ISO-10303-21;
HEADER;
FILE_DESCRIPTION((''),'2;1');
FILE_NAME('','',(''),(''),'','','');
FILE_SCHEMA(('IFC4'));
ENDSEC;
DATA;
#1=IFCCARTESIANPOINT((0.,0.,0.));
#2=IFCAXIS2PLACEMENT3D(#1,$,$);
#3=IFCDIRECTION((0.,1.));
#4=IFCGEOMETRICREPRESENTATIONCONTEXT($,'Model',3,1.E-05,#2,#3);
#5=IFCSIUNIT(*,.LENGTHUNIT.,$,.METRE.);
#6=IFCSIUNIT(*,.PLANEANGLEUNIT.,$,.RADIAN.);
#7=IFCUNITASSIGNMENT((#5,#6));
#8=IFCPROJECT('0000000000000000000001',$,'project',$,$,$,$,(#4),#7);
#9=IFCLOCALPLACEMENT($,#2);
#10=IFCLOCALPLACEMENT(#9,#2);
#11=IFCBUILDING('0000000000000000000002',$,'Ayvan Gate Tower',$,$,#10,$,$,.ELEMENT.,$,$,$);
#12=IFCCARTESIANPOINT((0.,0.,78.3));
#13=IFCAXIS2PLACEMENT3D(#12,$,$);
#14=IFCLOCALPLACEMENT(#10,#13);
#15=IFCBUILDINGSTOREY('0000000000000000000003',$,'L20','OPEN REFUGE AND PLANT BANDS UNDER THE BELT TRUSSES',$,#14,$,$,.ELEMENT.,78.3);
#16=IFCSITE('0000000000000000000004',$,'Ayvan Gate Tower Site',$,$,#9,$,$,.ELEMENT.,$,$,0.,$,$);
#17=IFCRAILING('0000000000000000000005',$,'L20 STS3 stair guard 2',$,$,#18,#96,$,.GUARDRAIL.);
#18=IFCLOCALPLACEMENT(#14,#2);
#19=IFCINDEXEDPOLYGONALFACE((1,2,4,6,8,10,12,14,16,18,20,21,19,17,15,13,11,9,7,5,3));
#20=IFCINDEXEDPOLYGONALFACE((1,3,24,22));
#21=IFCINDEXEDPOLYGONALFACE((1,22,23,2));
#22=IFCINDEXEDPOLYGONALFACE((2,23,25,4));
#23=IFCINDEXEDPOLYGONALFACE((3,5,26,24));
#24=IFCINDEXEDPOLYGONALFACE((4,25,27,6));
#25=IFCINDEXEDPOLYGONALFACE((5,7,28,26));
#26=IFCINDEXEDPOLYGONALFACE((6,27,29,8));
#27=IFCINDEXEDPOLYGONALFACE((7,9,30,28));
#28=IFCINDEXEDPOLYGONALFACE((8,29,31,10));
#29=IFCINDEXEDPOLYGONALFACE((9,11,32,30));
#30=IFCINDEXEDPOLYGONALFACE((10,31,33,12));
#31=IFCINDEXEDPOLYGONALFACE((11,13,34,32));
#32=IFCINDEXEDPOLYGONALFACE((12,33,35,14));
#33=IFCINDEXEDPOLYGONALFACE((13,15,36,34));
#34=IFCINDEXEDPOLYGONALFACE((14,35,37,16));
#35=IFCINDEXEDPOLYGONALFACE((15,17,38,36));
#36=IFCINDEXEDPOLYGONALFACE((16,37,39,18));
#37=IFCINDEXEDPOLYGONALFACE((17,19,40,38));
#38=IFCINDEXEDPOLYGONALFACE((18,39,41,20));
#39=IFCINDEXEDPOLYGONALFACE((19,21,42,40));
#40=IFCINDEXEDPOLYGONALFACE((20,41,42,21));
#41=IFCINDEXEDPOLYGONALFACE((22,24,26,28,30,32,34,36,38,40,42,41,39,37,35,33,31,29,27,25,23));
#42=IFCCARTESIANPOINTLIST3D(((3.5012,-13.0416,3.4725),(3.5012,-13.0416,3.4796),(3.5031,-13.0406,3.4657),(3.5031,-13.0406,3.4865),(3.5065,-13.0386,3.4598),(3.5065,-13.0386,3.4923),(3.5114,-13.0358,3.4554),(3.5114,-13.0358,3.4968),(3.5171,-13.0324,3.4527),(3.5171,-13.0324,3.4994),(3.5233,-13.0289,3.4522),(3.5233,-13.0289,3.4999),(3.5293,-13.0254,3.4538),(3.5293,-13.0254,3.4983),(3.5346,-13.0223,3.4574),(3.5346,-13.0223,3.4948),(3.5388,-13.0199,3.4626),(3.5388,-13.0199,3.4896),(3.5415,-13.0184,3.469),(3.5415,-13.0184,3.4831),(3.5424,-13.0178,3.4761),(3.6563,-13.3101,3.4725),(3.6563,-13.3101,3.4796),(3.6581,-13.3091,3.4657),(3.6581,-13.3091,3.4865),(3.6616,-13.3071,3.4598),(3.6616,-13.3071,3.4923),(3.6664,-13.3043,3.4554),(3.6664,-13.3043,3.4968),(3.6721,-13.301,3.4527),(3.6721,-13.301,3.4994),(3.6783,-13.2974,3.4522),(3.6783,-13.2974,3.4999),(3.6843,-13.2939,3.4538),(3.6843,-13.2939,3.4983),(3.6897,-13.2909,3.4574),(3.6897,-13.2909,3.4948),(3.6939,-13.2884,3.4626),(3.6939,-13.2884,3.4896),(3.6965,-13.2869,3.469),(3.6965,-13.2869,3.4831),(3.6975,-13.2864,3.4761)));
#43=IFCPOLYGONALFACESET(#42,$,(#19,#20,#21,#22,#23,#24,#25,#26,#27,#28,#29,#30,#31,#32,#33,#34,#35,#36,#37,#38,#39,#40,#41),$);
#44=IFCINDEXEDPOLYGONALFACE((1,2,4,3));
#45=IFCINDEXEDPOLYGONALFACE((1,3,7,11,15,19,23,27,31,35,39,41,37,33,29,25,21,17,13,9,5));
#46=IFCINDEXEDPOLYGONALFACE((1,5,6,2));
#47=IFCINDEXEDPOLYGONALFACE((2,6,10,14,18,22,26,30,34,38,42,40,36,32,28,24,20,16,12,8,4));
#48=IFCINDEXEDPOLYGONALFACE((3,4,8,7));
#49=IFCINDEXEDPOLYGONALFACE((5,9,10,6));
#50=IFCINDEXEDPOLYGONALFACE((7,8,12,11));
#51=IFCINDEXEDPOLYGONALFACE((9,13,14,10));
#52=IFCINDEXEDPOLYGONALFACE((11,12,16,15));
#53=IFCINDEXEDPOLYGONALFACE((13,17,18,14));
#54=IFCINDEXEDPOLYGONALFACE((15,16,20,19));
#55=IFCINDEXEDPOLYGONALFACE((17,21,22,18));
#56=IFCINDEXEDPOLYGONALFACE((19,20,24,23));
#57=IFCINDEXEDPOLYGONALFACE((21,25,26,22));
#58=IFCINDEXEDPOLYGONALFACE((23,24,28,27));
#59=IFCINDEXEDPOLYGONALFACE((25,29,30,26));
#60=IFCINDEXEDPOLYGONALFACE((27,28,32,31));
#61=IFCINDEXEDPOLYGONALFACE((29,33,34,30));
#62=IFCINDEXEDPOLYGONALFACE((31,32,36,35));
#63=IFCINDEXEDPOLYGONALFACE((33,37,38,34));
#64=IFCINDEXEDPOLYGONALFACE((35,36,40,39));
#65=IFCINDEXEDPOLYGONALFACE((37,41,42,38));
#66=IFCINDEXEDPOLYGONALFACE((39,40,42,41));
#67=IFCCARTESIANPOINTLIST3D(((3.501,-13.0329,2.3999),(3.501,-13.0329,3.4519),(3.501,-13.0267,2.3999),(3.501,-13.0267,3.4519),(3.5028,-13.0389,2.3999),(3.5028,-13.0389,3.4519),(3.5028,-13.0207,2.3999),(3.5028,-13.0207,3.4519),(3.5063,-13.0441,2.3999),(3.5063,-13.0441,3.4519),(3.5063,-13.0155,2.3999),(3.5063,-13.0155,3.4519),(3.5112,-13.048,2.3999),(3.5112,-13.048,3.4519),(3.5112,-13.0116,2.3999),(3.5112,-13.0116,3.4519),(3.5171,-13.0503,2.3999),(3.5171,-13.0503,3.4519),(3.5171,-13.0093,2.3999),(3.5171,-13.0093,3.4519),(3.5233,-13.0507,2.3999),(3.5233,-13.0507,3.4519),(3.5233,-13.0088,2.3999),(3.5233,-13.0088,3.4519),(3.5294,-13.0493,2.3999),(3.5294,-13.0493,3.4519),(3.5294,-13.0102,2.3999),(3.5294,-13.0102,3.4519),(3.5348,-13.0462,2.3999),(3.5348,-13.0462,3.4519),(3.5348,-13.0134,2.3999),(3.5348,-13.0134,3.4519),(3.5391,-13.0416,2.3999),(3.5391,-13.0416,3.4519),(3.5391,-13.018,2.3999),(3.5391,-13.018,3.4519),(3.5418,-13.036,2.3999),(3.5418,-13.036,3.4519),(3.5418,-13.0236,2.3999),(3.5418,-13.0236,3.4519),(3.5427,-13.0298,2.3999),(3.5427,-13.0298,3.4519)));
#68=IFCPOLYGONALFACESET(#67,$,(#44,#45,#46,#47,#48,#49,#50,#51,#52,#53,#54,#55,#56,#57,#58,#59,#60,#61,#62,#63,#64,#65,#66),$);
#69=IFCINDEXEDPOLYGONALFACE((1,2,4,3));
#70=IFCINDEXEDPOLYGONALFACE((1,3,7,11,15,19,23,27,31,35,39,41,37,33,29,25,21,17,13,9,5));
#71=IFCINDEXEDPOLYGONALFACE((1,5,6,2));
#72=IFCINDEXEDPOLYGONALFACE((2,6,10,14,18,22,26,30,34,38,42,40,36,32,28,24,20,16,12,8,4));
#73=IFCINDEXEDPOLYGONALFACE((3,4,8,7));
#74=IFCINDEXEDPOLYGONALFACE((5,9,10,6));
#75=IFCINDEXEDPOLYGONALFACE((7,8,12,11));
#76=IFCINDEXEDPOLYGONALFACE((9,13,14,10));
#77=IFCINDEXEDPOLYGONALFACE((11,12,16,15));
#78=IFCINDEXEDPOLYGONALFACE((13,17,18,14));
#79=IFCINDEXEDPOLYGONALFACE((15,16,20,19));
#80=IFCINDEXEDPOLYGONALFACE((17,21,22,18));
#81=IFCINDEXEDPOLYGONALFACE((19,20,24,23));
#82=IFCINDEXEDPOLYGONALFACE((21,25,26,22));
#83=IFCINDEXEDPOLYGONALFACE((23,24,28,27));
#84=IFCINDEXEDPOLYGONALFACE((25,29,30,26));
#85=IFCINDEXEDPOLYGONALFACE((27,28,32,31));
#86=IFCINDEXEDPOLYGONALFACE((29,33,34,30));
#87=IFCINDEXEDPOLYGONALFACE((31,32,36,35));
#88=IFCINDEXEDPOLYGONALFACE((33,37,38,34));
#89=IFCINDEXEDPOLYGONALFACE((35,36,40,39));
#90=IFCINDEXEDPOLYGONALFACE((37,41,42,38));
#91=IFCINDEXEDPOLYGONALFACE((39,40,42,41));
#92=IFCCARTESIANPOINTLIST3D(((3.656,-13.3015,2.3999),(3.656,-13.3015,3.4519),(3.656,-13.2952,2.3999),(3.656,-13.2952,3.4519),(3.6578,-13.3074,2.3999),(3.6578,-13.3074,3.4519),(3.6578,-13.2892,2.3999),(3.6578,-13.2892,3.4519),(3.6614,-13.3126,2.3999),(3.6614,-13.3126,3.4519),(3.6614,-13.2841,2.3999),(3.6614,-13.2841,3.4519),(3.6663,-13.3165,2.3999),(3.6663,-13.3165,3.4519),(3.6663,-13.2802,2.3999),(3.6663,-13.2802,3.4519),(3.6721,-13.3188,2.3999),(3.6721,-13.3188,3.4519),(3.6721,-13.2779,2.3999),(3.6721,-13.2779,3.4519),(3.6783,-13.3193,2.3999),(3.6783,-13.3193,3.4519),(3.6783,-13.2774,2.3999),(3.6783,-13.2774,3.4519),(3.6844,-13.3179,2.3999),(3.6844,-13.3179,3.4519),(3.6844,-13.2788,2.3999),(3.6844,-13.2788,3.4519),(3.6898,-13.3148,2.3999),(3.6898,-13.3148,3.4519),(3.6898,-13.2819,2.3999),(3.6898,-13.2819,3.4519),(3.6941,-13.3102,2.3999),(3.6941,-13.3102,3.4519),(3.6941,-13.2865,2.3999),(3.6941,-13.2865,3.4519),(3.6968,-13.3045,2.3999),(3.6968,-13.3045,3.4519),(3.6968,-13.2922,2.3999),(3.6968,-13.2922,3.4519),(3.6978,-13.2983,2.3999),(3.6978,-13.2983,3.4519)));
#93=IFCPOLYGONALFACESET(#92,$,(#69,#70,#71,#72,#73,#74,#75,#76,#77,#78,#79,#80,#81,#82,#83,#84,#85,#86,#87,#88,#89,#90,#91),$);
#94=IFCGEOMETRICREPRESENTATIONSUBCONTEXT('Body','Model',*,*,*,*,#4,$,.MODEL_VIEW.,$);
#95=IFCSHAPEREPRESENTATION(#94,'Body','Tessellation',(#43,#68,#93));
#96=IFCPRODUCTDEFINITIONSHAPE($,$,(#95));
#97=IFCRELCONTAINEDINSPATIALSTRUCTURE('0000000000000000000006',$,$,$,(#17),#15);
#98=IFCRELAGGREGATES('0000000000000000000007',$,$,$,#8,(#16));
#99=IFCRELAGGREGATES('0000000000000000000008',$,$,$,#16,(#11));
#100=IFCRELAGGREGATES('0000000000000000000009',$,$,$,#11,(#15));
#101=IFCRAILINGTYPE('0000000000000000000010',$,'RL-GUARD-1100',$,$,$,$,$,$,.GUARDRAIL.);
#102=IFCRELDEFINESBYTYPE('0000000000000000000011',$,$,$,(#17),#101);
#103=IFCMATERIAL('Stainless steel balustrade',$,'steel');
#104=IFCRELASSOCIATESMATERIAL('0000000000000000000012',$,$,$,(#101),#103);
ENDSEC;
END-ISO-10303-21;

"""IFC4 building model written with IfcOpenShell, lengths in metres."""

from ifc_helpers import new_model, si_unit, direction, frame, origin, origin_2d, place, context, subcontext, project, spatial, circle, extrude, material, type_object, element, save


model = new_model("IFC4")

# Units and contexts
model_context = context("Model", 3, precision=1e-05, world=origin(), true_north=direction((0.0, 1.0)))
body_context = subcontext(model_context, "Body", "Model", "MODEL_VIEW")
ifc_project = project(units=[si_unit("LENGTHUNIT", "METRE"), si_unit("PLANEANGLEUNIT", "RADIAN")], contexts=[model_context])

# Site, building, storey
site_placement = place(None, origin())
site = spatial("IfcSite", under=ifc_project, at=site_placement, Name="Ayvan Gate Tower Site", CompositionType="ELEMENT", RefElevation=0.0)
building_placement = place(site_placement, origin())
building = spatial("IfcBuilding", under=site, at=building_placement, Name="Ayvan Gate Tower", CompositionType="ELEMENT")
storey_placement = place(building_placement, frame((0.0, 0.0, 78.3)))
storey = spatial("IfcBuildingStorey", under=building, at=storey_placement, Name="L20", Description="OPEN REFUGE AND PLANT BANDS UNDER THE BELT TRUSSES", CompositionType="ELEMENT", Elevation=78.3)

# Railing
ifc_material_1 = material(Name="Stainless steel balustrade", Category="steel")
railing_type_1 = type_object("IfcRailingType", Name="RL-GUARD-1100", PredefinedType="GUARDRAIL", material=ifc_material_1)
railing_1_placement = place(storey_placement, frame((3.5217, -13.0298, 2.3999)))
element("IfcRailing", 1, at=railing_1_placement, inside=storey, type_object=railing_type_1, Name="L20 STS3 stair guard 2", PredefinedType="GUARDRAIL", context=body_context, shape_type="SweptSolid", body=[
    extrude(circle(Radius=0.0239, at=origin_2d()), frame((0.0, 0.0, 1.0762), z_axis=(0.49995, -0.866054, 0.0), x_axis=(0.866054, 0.49995, 0.0)), (0.0, 0.0, 1.0), 0.3101),
    extrude(circle(Radius=0.021, at=origin_2d()), origin(), (0.0, 0.0, 1.0), 1.052),
    extrude(circle(Radius=0.021, at=origin_2d()), frame((0.155, -0.2686, 0.0)), (0.0, 0.0, 1.0), 1.052),
])

save(model, "model.ifc")
